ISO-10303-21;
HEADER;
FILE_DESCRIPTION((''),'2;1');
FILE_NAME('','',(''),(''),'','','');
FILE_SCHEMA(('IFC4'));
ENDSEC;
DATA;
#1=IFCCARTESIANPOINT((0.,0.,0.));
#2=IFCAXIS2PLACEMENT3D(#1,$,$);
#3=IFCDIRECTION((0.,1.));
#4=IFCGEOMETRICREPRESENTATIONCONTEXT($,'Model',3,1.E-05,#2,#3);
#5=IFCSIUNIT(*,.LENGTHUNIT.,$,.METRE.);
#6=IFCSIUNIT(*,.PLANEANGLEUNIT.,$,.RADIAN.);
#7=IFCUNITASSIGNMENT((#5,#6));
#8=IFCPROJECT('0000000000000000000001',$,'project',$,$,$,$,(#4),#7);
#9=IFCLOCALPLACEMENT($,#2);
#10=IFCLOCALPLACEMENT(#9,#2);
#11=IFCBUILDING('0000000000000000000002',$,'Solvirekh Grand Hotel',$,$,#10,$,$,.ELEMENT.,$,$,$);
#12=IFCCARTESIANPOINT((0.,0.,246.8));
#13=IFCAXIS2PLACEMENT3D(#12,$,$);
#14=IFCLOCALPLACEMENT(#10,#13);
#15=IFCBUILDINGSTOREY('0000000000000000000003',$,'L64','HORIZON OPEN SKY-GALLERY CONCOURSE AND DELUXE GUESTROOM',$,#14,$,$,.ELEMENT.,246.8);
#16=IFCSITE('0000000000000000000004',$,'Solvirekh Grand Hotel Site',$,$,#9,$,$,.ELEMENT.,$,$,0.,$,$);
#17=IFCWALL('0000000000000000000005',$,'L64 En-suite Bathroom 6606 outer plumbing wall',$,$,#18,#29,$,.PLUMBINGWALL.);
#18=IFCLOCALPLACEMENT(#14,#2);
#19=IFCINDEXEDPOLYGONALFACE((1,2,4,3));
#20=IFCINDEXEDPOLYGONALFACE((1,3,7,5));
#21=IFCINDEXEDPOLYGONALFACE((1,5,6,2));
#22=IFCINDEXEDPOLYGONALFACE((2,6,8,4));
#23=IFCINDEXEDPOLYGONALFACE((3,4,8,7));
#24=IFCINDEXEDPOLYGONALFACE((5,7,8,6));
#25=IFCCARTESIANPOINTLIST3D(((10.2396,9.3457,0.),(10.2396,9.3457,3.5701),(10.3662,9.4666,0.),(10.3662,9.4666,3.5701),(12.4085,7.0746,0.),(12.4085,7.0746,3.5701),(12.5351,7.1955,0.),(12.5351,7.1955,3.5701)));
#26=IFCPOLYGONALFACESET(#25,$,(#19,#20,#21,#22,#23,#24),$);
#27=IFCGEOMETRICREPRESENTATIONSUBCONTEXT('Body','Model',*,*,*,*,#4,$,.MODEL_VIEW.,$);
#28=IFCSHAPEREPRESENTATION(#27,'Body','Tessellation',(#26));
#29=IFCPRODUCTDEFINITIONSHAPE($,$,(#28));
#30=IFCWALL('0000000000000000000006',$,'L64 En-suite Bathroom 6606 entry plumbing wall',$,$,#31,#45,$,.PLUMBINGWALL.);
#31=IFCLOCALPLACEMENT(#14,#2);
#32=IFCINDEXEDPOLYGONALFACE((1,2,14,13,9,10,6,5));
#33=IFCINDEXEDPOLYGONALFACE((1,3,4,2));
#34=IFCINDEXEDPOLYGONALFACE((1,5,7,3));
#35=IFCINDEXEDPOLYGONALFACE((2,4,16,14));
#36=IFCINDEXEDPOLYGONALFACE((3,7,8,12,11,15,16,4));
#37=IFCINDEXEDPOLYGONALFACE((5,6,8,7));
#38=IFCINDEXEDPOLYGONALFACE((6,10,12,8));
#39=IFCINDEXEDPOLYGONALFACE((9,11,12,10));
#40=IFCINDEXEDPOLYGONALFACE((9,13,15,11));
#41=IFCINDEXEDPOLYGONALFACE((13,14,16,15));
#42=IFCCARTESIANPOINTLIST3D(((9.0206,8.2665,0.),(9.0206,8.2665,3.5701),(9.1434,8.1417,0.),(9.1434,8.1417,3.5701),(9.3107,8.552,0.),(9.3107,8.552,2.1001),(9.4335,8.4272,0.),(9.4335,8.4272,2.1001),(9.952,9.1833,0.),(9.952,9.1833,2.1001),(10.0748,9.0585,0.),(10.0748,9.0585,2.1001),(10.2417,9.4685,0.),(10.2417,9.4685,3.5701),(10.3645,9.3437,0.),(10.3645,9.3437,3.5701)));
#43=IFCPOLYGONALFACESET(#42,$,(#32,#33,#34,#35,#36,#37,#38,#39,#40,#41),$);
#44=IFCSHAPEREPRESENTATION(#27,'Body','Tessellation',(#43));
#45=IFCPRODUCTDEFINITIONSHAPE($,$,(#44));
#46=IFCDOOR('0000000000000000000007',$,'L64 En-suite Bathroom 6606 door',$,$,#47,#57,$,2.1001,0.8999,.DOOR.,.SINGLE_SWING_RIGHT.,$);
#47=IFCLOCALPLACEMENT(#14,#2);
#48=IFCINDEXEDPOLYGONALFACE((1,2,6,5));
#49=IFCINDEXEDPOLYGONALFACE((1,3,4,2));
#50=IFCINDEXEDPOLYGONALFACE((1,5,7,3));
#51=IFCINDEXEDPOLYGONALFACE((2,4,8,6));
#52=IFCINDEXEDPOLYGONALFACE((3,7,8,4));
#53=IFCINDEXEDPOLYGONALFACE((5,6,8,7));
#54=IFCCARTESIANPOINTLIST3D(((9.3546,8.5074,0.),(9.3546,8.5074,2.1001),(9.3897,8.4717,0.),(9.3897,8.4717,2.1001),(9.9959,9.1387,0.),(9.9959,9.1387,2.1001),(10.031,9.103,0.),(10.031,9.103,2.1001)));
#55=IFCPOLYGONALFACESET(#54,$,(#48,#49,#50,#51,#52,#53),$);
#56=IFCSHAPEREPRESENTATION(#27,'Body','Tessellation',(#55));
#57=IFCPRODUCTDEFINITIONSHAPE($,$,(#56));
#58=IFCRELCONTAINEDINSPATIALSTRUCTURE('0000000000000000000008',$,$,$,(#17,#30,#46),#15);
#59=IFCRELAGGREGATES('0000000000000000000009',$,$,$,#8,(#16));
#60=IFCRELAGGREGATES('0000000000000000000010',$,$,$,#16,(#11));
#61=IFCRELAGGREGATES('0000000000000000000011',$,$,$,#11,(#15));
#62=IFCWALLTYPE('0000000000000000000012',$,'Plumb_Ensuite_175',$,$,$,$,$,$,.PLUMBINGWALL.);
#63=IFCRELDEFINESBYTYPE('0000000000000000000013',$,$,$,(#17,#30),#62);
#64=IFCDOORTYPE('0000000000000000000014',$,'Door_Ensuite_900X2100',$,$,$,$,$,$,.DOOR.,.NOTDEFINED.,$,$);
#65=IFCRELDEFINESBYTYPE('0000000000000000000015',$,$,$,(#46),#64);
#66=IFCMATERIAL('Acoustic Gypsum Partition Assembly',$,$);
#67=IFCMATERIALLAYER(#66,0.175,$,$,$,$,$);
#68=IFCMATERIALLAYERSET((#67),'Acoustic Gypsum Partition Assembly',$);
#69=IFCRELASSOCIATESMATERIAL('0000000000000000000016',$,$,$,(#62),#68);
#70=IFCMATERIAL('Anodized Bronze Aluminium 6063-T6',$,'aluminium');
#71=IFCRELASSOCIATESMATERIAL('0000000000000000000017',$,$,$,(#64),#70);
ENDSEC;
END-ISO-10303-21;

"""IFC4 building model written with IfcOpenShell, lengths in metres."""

from ifc_helpers import new_model, si_unit, direction, frame, frame_2d, origin, place, context, subcontext, project, spatial, rectangle, extrude, material, layer, layer_set, type_object, element, fill, save


model = new_model("IFC4")

# Units and contexts
model_context = context("Model", 3, precision=1e-05, world=origin(), true_north=direction((0.0, 1.0)))
body_context = subcontext(model_context, "Body", "Model", "MODEL_VIEW")
ifc_project = project(units=[si_unit("LENGTHUNIT", "METRE"), si_unit("PLANEANGLEUNIT", "RADIAN")], contexts=[model_context])

# Site, building, storey
site_placement = place(None, origin())
site = spatial("IfcSite", under=ifc_project, at=site_placement, Name="Solvirekh Grand Hotel Site", CompositionType="ELEMENT", RefElevation=0.0)
building_placement = place(site_placement, origin())
building = spatial("IfcBuilding", under=site, at=building_placement, Name="Solvirekh Grand Hotel", CompositionType="ELEMENT")
storey_placement = place(building_placement, frame((0.0, 0.0, 246.8)))
storey = spatial("IfcBuildingStorey", under=building, at=storey_placement, Name="L64", Description="HORIZON OPEN SKY-GALLERY CONCOURSE AND DELUXE GUESTROOM", CompositionType="ELEMENT", Elevation=246.8)

# Shared definitions
ifc_material_1 = material(Name="Anodized Bronze Aluminium 6063-T6", Category="aluminium")

# Shared definitions
ifc_material_2 = material(Name="Acoustic Gypsum Partition Assembly")

# Wall
ifc_layer_1 = layer(ifc_material_2, 0.175)
ifc_layer_set_1 = layer_set([ifc_layer_1], Name="Acoustic Gypsum Partition Assembly")
wall_type_1 = type_object("IfcWallType", Name="Plumb_Ensuite_175", PredefinedType="PLUMBINGWALL", material=ifc_layer_set_1)
wall_1_placement = place(storey_placement, frame((12.4719, 7.135, 0.0), z_axis=(0.0, 0.0, 1.0), x_axis=(-0.690672, 0.723168, 0.0)))
element("IfcWall", 1, at=wall_1_placement, inside=storey, type_object=wall_type_1, Name="L64 En-suite Bathroom 6606 outer plumbing wall", PredefinedType="PLUMBINGWALL", context=body_context, shape_type="SweptSolid", body=[
    extrude(rectangle(XDim=3.1404, YDim=0.175, at=frame_2d((1.5703, 0.0))), origin(), (0.0, 0.0, 1.0), 3.5701),
])

# Wall, opening, door
wall_2_placement = place(storey_placement, frame((9.082, 8.2041, 0.0), z_axis=(0.0, 0.0, 1.0), x_axis=(0.712642, 0.701527, 0.0)))
wall_2 = element("IfcWall", 2, at=wall_2_placement, inside=storey, type_object=wall_type_1, Name="L64 En-suite Bathroom 6606 entry plumbing wall", PredefinedType="PLUMBINGWALL", context=body_context, shape_type="SweptSolid", body=[
    extrude(rectangle(XDim=1.7134, YDim=0.175, at=frame_2d((0.8567, 0.0))), origin(), (0.0, 0.0, 1.0), 3.5701),
])
opening_1_placement = place(wall_2_placement, frame((0.407, 0.0, 0.0)))
opening_1 = element("IfcOpeningElement", 3, at=opening_1_placement, cuts=wall_2, PredefinedType="OPENING", context=body_context, shape_type="SweptSolid", body=[
    extrude(rectangle(XDim=0.8999, YDim=2.1001, at=frame_2d((0.45, 1.05))), frame((0.0, 0.0977, 0.0), z_axis=(0.0, -1.0, 0.0), x_axis=(1.0, 0.0, 0.0)), (0.0, 0.0, 1.0), 0.1951),
])
door_type_1 = type_object("IfcDoorType", Name="Door_Ensuite_900X2100", OperationType="NOTDEFINED", PredefinedType="DOOR", material=ifc_material_1)
door_1_placement = place(opening_1_placement, origin())
door_1 = element("IfcDoor", 4, at=door_1_placement, inside=storey, type_object=door_type_1, Name="L64 En-suite Bathroom 6606 door", OperationType="SINGLE_SWING_RIGHT", OverallHeight=2.1001, OverallWidth=0.8999, PredefinedType="DOOR", context=body_context, shape_type="SweptSolid", body=[
    extrude(rectangle(XDim=0.8999, YDim=2.1001, at=frame_2d((0.45, 1.05))), frame((0.0, 0.0249, 0.0), z_axis=(0.0, -1.0, 0.0), x_axis=(1.0, 0.0, 0.0)), (0.0, 0.0, 1.0), 0.05),
])
fill(opening_1, door_1)

save(model, "model.ifc")
